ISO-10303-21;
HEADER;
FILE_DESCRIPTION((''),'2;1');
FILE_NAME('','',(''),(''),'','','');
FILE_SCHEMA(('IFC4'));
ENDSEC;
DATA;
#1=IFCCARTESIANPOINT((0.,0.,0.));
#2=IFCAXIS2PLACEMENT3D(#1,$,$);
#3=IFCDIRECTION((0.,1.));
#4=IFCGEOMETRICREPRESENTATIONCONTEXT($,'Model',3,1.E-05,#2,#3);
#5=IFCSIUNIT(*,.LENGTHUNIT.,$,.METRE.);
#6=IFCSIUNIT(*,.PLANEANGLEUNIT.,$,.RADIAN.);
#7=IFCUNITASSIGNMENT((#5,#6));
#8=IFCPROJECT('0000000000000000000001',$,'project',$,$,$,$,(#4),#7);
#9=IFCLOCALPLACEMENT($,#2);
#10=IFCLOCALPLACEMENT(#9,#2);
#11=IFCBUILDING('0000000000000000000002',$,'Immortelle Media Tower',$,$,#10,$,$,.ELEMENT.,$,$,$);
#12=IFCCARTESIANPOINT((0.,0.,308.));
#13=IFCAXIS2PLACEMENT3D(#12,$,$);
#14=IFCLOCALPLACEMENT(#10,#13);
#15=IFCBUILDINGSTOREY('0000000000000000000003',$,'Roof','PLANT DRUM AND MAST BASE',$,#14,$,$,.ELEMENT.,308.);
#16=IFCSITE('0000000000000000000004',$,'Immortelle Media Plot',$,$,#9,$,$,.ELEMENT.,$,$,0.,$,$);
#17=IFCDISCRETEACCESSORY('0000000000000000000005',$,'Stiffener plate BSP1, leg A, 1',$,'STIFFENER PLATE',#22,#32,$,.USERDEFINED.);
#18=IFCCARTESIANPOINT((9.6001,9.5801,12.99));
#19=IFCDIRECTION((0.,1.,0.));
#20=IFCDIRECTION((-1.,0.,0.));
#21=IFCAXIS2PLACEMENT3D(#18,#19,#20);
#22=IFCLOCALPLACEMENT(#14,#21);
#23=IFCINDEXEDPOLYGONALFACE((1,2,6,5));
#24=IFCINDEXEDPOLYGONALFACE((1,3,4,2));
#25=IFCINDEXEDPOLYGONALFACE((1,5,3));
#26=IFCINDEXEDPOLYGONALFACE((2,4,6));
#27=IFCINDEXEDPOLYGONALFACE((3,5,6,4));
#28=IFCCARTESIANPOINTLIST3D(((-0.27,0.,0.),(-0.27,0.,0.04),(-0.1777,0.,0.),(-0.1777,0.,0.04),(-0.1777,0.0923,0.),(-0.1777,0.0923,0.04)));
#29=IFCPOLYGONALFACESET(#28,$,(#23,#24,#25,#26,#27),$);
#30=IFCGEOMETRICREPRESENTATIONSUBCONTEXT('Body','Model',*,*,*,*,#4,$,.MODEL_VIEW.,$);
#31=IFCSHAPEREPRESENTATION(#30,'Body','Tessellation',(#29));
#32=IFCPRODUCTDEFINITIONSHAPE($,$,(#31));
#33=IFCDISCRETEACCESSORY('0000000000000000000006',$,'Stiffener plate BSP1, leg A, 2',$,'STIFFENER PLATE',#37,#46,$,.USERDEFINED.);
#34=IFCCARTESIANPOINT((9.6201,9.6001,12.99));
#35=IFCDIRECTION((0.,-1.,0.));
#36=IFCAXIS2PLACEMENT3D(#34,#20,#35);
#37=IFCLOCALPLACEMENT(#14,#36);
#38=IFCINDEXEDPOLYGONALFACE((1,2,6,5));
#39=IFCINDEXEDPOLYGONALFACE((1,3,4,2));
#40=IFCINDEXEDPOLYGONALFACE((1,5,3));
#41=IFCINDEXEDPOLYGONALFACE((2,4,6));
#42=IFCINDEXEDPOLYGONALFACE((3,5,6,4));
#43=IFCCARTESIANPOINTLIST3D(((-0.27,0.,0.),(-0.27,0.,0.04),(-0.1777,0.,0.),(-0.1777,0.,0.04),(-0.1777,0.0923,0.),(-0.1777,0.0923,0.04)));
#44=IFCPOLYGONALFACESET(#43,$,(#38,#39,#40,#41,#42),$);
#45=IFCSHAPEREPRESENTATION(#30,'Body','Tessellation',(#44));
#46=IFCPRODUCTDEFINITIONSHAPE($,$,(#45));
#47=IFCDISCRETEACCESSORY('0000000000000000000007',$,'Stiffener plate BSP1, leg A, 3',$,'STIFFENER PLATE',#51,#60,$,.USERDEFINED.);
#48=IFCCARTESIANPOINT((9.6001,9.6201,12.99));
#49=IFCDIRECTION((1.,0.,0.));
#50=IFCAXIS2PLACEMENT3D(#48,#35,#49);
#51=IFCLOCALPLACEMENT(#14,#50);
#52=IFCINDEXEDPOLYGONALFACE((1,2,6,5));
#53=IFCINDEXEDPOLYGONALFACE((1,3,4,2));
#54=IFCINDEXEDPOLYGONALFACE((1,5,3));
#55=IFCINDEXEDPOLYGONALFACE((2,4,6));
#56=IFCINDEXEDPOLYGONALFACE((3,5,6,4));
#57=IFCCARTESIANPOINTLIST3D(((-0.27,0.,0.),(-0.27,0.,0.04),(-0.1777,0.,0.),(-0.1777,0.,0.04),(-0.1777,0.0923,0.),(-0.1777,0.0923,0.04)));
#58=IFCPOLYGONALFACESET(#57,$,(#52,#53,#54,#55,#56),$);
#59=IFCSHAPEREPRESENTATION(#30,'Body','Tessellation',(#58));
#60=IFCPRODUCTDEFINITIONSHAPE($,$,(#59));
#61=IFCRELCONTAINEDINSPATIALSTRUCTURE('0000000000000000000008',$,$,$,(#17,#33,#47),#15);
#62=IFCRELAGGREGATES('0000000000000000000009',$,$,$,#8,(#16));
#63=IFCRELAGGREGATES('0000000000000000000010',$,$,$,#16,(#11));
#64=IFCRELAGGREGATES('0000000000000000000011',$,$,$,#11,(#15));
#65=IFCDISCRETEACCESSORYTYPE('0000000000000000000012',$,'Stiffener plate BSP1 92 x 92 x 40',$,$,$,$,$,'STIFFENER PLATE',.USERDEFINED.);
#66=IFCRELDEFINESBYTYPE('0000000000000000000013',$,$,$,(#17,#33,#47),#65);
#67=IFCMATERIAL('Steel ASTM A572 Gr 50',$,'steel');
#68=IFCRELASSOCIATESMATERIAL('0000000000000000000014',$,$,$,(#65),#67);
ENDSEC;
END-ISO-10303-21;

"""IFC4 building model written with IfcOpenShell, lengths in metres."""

from ifc_helpers import new_model, si_unit, direction, frame, origin, place, context, subcontext, project, spatial, polyline, outline, extrude, material, material_profile, profile_set, type_object, element, save


model = new_model("IFC4")

# Units and contexts
model_context = context("Model", 3, precision=1e-05, world=origin(), true_north=direction((0.0, 1.0)))
body_context = subcontext(model_context, "Body", "Model", "MODEL_VIEW")
ifc_project = project(units=[si_unit("LENGTHUNIT", "METRE"), si_unit("PLANEANGLEUNIT", "RADIAN")], contexts=[model_context])

# Site, building, storey
site_placement = place(None, origin())
site = spatial("IfcSite", under=ifc_project, at=site_placement, Name="Immortelle Media Plot", CompositionType="ELEMENT", RefElevation=0.0)
building_placement = place(site_placement, origin())
building = spatial("IfcBuilding", under=site, at=building_placement, Name="Immortelle Media Tower", CompositionType="ELEMENT")
storey_placement = place(building_placement, frame((0.0, 0.0, 308.0)))
storey = spatial("IfcBuildingStorey", under=building, at=storey_placement, Name="Roof", Description="PLANT DRUM AND MAST BASE", CompositionType="ELEMENT", Elevation=308.0)

# Discrete accessories
ifc_material_1 = material(Name="Steel ASTM A572 Gr 50", Category="steel")
ifc_material_profile_1 = material_profile(ifc_material_1, outline(polyline([(-0.1777, 0.0), (-0.1777, 0.0923), (-0.27, 0.0), (-0.1777, 0.0)])), Name="PL 40 x 92")
ifc_profile_set_1 = profile_set([ifc_material_profile_1], Name="Steel ASTM A572 Gr 50")
discrete_accessory_type_1 = type_object("IfcDiscreteAccessoryType", Name="Stiffener plate BSP1 92 x 92 x 40", ElementType="STIFFENER PLATE", PredefinedType="USERDEFINED", material=ifc_profile_set_1)
for number, where, z_axis, x_axis, name in (
    (1, (9.6001, 9.5801, 12.99), (0.0, 1.0, 0.0), (-1.0, 0.0, 0.0), "Stiffener plate BSP1, leg A, 1"),
    (2, (9.6201, 9.6001, 12.99), (-1.0, 0.0, 0.0), (0.0, -1.0, 0.0), "Stiffener plate BSP1, leg A, 2"),
    (3, (9.6001, 9.6201, 12.99), (0.0, -1.0, 0.0), (1.0, 0.0, 0.0), "Stiffener plate BSP1, leg A, 3"),
):
    element("IfcDiscreteAccessory", number, at=place(storey_placement, frame(where, z_axis=z_axis, x_axis=x_axis)), inside=storey, type_object=discrete_accessory_type_1, Name=name, ObjectType="STIFFENER PLATE", PredefinedType="USERDEFINED", context=body_context, shape_type="SweptSolid", body=[
        extrude(outline(polyline([(-0.1777, 0.0), (-0.1777, 0.0923), (-0.27, 0.0), (-0.1777, 0.0)])), origin(), (0.0, 0.0, 1.0), 0.04),
    ])

save(model, "model.ifc")
